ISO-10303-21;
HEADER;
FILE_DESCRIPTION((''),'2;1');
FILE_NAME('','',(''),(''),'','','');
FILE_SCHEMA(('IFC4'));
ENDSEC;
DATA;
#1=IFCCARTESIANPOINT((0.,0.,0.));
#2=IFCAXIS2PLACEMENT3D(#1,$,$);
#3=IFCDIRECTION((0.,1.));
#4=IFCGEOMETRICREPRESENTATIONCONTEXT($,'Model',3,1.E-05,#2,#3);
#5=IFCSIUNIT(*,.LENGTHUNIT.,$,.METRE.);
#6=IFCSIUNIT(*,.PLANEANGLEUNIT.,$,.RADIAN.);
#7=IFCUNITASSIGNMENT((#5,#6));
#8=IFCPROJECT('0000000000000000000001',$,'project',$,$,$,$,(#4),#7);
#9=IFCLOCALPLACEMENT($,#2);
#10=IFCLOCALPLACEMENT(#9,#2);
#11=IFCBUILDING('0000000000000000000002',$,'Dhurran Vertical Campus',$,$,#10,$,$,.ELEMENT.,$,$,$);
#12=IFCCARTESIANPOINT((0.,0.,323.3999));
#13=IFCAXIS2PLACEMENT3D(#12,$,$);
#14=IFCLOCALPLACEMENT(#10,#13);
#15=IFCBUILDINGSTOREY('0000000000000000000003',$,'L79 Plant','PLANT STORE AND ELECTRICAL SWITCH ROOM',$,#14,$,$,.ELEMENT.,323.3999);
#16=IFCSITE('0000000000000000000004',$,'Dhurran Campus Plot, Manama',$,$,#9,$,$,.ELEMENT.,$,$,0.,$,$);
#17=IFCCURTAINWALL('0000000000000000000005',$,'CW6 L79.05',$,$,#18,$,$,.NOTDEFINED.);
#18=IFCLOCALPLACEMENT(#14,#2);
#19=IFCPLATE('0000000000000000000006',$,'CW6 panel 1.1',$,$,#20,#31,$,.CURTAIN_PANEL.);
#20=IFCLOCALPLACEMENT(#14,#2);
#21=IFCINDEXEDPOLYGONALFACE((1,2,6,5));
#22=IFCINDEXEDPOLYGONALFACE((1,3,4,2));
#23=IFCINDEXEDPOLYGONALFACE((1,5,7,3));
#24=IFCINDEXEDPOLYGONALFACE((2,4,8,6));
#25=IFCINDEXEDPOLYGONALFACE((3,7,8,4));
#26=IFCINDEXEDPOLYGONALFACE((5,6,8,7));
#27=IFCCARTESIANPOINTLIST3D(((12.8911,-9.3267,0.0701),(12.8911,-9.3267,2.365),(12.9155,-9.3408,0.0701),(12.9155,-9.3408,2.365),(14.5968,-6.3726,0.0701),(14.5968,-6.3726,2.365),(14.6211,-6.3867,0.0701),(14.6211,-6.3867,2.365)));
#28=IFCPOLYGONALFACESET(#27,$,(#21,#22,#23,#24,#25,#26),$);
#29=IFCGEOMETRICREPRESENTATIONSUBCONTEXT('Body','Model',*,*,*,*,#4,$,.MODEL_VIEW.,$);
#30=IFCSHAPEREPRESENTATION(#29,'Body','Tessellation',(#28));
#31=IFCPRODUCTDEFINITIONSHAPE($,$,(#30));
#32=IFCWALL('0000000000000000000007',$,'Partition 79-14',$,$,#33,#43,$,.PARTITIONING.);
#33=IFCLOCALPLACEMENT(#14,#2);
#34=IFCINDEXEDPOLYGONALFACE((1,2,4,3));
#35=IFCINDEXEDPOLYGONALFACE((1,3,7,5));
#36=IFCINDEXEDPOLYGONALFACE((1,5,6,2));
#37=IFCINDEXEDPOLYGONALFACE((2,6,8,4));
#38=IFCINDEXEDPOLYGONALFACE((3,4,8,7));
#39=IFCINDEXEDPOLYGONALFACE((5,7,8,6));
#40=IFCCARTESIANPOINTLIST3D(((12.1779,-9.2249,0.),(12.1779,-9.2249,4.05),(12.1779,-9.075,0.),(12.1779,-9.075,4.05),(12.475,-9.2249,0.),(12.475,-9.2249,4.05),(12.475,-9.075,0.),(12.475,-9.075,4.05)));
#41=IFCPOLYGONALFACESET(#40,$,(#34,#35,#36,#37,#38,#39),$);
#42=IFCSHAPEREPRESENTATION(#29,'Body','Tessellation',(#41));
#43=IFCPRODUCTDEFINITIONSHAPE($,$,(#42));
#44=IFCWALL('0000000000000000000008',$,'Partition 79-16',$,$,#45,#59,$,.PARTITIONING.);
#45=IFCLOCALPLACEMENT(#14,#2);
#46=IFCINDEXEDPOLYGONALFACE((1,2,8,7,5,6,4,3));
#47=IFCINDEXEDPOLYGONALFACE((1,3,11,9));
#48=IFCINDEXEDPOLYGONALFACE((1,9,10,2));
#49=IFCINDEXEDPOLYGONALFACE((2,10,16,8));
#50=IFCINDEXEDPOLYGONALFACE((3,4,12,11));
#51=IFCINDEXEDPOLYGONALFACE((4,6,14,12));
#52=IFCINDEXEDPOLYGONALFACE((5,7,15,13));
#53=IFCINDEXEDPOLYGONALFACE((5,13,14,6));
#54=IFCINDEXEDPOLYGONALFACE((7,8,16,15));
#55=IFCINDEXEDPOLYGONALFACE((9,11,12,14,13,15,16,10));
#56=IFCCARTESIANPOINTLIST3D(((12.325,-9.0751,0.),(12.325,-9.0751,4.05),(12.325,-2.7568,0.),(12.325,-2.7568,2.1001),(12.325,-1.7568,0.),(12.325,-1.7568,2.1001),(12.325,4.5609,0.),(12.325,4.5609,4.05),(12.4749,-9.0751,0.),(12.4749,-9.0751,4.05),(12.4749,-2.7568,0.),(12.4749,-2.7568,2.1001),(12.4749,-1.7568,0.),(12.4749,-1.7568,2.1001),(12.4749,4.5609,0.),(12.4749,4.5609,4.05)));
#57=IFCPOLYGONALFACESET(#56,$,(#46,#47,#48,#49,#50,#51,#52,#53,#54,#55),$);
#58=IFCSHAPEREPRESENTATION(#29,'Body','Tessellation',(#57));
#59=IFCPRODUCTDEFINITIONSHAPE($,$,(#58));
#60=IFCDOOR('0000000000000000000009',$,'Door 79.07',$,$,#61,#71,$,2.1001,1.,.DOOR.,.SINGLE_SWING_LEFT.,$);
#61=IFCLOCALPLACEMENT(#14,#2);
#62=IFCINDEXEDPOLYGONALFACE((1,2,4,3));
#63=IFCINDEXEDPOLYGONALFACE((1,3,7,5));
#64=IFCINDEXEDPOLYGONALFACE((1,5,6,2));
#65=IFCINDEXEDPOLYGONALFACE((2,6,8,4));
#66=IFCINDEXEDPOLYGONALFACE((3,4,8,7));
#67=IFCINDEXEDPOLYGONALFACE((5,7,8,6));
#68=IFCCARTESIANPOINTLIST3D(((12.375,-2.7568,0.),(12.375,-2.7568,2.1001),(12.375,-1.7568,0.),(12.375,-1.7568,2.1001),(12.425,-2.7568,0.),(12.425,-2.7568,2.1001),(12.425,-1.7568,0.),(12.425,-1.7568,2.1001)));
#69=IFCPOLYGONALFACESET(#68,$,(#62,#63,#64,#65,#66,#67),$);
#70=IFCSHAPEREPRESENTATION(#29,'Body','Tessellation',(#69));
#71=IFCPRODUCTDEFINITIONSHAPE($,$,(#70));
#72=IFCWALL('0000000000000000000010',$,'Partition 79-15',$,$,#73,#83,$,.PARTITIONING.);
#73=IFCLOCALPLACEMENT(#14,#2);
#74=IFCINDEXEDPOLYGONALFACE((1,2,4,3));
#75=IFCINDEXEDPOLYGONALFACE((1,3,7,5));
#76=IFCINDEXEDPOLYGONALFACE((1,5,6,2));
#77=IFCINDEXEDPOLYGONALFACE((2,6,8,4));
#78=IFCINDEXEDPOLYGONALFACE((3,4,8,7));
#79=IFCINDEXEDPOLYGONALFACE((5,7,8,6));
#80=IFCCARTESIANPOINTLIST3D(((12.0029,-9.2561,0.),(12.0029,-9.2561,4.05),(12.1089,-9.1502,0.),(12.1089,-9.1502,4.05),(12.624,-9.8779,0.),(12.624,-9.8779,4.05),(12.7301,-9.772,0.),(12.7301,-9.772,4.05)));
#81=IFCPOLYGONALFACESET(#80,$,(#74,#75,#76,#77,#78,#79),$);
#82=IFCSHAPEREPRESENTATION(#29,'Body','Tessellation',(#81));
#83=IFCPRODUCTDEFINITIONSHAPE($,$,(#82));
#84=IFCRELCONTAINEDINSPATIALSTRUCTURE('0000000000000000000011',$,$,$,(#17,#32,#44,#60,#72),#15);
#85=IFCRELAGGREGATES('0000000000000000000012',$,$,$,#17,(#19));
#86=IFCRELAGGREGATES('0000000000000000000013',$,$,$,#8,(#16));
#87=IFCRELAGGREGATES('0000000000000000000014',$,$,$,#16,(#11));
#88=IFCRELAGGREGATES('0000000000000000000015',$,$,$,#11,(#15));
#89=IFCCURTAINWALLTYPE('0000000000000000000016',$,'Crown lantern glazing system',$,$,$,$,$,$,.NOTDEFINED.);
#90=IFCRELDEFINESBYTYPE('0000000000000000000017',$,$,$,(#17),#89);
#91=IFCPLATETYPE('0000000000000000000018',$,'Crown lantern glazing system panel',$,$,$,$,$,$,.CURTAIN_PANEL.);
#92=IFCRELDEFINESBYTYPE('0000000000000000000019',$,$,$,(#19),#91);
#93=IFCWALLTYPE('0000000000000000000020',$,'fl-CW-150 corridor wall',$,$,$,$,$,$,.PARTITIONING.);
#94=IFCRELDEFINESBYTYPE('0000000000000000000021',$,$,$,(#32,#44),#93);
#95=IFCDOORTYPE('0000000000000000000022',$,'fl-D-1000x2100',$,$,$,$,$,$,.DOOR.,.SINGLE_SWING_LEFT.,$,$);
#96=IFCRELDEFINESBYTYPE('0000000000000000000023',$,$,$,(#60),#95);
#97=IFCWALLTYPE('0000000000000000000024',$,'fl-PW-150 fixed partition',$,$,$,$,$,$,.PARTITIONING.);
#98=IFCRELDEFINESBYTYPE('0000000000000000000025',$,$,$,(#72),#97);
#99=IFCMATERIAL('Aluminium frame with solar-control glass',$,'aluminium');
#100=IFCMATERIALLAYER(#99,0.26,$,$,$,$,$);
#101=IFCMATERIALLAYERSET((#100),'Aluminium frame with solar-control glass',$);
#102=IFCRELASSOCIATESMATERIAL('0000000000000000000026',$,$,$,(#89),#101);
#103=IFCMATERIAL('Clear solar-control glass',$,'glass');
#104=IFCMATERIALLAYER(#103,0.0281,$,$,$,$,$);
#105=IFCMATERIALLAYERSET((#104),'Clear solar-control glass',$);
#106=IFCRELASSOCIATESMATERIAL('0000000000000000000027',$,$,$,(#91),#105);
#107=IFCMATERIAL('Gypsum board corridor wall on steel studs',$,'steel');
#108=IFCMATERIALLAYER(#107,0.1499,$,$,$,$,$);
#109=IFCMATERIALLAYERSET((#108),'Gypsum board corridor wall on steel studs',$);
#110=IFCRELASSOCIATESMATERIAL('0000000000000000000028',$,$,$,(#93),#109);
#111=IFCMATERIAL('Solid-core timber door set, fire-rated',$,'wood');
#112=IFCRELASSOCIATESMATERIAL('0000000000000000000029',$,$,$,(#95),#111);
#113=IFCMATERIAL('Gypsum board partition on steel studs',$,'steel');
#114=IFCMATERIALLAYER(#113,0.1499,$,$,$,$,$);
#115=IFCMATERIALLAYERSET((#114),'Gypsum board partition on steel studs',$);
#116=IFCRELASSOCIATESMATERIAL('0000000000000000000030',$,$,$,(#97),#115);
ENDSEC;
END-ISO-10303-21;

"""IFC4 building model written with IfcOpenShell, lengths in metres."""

from ifc_helpers import new_model, si_unit, direction, frame, frame_2d, origin, origin_2d, place, context, subcontext, project, spatial, rectangle, extrude, material, layer, layer_set, type_object, element, fill, aggregate, save


model = new_model("IFC4")

# Units and contexts
model_context = context("Model", 3, precision=1e-05, world=origin(), true_north=direction((0.0, 1.0)))
body_context = subcontext(model_context, "Body", "Model", "MODEL_VIEW")
ifc_project = project(units=[si_unit("LENGTHUNIT", "METRE"), si_unit("PLANEANGLEUNIT", "RADIAN")], contexts=[model_context])

# Site, building, storey
site_placement = place(None, origin())
site = spatial("IfcSite", under=ifc_project, at=site_placement, Name="Dhurran Campus Plot, Manama", CompositionType="ELEMENT", RefElevation=0.0)
building_placement = place(site_placement, origin())
building = spatial("IfcBuilding", under=site, at=building_placement, Name="Dhurran Vertical Campus", CompositionType="ELEMENT")
storey_placement = place(building_placement, frame((0.0, 0.0, 323.3999)))
storey = spatial("IfcBuildingStorey", under=building, at=storey_placement, Name="L79 Plant", Description="PLANT STORE AND ELECTRICAL SWITCH ROOM", CompositionType="ELEMENT", Elevation=323.3999)

# Shared definitions
ifc_material_1 = material(Name="Aluminium frame with solar-control glass", Category="aluminium")
ifc_layer_1 = layer(ifc_material_1, 0.26)
ifc_layer_set_1 = layer_set([ifc_layer_1], Name="Aluminium frame with solar-control glass")
curtain_wall_type = type_object("IfcCurtainWallType", Name="Crown lantern glazing system", PredefinedType="NOTDEFINED", material=ifc_layer_set_1)

# Curtain wall
curtain_wall_1_placement = place(storey_placement, origin())
curtain_wall_1 = element("IfcCurtainWall", 1, at=curtain_wall_1_placement, inside=storey, type_object=curtain_wall_type, Name="CW6 L79.05", PredefinedType="NOTDEFINED")

# Plate
ifc_material_2 = material(Name="Clear solar-control glass", Category="glass")
ifc_layer_2 = layer(ifc_material_2, 0.0281)
ifc_layer_set_2 = layer_set([ifc_layer_2], Name="Clear solar-control glass")
plate_type = type_object("IfcPlateType", Name="Crown lantern glazing system panel", PredefinedType="CURTAIN_PANEL", material=ifc_layer_set_2)
plate_1_placement = place(storey_placement, frame((13.7561, -7.8567, 0.0701), z_axis=(0.0, 0.0, 1.0), x_axis=(0.500016, 0.866016, 0.0)))
plate_1 = element("IfcPlate", 2, at=plate_1_placement, type_object=plate_type, Name="CW6 panel 1.1", PredefinedType="CURTAIN_PANEL", context=body_context, shape_type="SweptSolid", body=[
    extrude(rectangle(XDim=3.4111, YDim=0.0281, at=origin_2d()), origin(), (0.0, 0.0, 1.0), 2.2949),
])
aggregate(curtain_wall_1, [plate_1])

# Wall
ifc_material_3 = material(Name="Gypsum board corridor wall on steel studs", Category="steel")
ifc_layer_3 = layer(ifc_material_3, 0.1499)
ifc_layer_set_3 = layer_set([ifc_layer_3], Name="Gypsum board corridor wall on steel studs")
wall_type_1 = type_object("IfcWallType", Name="fl-CW-150 corridor wall", PredefinedType="PARTITIONING", material=ifc_layer_set_3)
wall_1_placement = place(storey_placement, frame((12.178, -9.1499, 0.0), z_axis=(0.0, 0.0, 1.0), x_axis=(1.0, 0.0, 0.0)))
element("IfcWall", 3, at=wall_1_placement, inside=storey, type_object=wall_type_1, Name="Partition 79-14", PredefinedType="PARTITIONING", context=body_context, shape_type="SweptSolid", body=[
    extrude(rectangle(XDim=0.2971, YDim=0.1499, at=frame_2d((0.1484, 0.0))), origin(), (0.0, 0.0, 1.0), 4.05),
])

# Wall, opening, door
wall_2_placement = place(storey_placement, frame((12.3999, -9.075, 0.0), z_axis=(0.0, 0.0, 1.0), x_axis=(0.0, 1.0, 0.0)))
wall_2 = element("IfcWall", 4, at=wall_2_placement, inside=storey, type_object=wall_type_1, Name="Partition 79-16", PredefinedType="PARTITIONING", context=body_context, shape_type="SweptSolid", body=[
    extrude(rectangle(XDim=13.636, YDim=0.1499, at=frame_2d((6.8179, 0.0))), origin(), (0.0, 0.0, 1.0), 4.05),
])
opening_placement = place(wall_2_placement, frame((6.3181, 0.0, 0.0)))
opening = element("IfcOpeningElement", 5, at=opening_placement, cuts=wall_2, PredefinedType="OPENING", context=body_context, shape_type="SweptSolid", body=[
    extrude(rectangle(XDim=1.0, YDim=2.1001, at=frame_2d((0.5, 1.05))), frame((0.0, 0.085, 0.0), z_axis=(0.0, -1.0, 0.0), x_axis=(1.0, 0.0, 0.0)), (0.0, 0.0, 1.0), 0.1699),
])
ifc_material_4 = material(Name="Solid-core timber door set, fire-rated", Category="wood")
door_type = type_object("IfcDoorType", Name="fl-D-1000x2100", OperationType="SINGLE_SWING_LEFT", PredefinedType="DOOR", material=ifc_material_4)
door_placement = place(opening_placement, origin())
door = element("IfcDoor", 6, at=door_placement, inside=storey, type_object=door_type, Name="Door 79.07", OperationType="SINGLE_SWING_LEFT", OverallHeight=2.1001, OverallWidth=1.0, PredefinedType="DOOR", context=body_context, shape_type="SweptSolid", body=[
    extrude(rectangle(XDim=1.0, YDim=2.1001, at=frame_2d((0.5, 1.05))), frame((0.0, 0.0249, 0.0), z_axis=(0.0, -1.0, 0.0), x_axis=(1.0, 0.0, 0.0)), (0.0, 0.0, 1.0), 0.05),
])
fill(opening, door)

# Wall
ifc_material_5 = material(Name="Gypsum board partition on steel studs", Category="steel")
ifc_layer_4 = layer(ifc_material_5, 0.1499)
ifc_layer_set_4 = layer_set([ifc_layer_4], Name="Gypsum board partition on steel studs")
wall_type_2 = type_object("IfcWallType", Name="fl-PW-150 fixed partition", PredefinedType="PARTITIONING", material=ifc_layer_set_4)
wall_3_placement = place(storey_placement, frame((12.0559, -9.2031, 0.0), z_axis=(0.0, 0.0, 1.0), x_axis=(0.70669, -0.707523, 0.0)))
element("IfcWall", 7, at=wall_3_placement, inside=storey, type_object=wall_type_2, Name="Partition 79-15", PredefinedType="PARTITIONING", context=body_context, shape_type="SweptSolid", body=[
    extrude(rectangle(XDim=0.8789, YDim=0.1499, at=frame_2d((0.4395, 0.0))), origin(), (0.0, 0.0, 1.0), 4.05),
])

save(model, "model.ifc")
